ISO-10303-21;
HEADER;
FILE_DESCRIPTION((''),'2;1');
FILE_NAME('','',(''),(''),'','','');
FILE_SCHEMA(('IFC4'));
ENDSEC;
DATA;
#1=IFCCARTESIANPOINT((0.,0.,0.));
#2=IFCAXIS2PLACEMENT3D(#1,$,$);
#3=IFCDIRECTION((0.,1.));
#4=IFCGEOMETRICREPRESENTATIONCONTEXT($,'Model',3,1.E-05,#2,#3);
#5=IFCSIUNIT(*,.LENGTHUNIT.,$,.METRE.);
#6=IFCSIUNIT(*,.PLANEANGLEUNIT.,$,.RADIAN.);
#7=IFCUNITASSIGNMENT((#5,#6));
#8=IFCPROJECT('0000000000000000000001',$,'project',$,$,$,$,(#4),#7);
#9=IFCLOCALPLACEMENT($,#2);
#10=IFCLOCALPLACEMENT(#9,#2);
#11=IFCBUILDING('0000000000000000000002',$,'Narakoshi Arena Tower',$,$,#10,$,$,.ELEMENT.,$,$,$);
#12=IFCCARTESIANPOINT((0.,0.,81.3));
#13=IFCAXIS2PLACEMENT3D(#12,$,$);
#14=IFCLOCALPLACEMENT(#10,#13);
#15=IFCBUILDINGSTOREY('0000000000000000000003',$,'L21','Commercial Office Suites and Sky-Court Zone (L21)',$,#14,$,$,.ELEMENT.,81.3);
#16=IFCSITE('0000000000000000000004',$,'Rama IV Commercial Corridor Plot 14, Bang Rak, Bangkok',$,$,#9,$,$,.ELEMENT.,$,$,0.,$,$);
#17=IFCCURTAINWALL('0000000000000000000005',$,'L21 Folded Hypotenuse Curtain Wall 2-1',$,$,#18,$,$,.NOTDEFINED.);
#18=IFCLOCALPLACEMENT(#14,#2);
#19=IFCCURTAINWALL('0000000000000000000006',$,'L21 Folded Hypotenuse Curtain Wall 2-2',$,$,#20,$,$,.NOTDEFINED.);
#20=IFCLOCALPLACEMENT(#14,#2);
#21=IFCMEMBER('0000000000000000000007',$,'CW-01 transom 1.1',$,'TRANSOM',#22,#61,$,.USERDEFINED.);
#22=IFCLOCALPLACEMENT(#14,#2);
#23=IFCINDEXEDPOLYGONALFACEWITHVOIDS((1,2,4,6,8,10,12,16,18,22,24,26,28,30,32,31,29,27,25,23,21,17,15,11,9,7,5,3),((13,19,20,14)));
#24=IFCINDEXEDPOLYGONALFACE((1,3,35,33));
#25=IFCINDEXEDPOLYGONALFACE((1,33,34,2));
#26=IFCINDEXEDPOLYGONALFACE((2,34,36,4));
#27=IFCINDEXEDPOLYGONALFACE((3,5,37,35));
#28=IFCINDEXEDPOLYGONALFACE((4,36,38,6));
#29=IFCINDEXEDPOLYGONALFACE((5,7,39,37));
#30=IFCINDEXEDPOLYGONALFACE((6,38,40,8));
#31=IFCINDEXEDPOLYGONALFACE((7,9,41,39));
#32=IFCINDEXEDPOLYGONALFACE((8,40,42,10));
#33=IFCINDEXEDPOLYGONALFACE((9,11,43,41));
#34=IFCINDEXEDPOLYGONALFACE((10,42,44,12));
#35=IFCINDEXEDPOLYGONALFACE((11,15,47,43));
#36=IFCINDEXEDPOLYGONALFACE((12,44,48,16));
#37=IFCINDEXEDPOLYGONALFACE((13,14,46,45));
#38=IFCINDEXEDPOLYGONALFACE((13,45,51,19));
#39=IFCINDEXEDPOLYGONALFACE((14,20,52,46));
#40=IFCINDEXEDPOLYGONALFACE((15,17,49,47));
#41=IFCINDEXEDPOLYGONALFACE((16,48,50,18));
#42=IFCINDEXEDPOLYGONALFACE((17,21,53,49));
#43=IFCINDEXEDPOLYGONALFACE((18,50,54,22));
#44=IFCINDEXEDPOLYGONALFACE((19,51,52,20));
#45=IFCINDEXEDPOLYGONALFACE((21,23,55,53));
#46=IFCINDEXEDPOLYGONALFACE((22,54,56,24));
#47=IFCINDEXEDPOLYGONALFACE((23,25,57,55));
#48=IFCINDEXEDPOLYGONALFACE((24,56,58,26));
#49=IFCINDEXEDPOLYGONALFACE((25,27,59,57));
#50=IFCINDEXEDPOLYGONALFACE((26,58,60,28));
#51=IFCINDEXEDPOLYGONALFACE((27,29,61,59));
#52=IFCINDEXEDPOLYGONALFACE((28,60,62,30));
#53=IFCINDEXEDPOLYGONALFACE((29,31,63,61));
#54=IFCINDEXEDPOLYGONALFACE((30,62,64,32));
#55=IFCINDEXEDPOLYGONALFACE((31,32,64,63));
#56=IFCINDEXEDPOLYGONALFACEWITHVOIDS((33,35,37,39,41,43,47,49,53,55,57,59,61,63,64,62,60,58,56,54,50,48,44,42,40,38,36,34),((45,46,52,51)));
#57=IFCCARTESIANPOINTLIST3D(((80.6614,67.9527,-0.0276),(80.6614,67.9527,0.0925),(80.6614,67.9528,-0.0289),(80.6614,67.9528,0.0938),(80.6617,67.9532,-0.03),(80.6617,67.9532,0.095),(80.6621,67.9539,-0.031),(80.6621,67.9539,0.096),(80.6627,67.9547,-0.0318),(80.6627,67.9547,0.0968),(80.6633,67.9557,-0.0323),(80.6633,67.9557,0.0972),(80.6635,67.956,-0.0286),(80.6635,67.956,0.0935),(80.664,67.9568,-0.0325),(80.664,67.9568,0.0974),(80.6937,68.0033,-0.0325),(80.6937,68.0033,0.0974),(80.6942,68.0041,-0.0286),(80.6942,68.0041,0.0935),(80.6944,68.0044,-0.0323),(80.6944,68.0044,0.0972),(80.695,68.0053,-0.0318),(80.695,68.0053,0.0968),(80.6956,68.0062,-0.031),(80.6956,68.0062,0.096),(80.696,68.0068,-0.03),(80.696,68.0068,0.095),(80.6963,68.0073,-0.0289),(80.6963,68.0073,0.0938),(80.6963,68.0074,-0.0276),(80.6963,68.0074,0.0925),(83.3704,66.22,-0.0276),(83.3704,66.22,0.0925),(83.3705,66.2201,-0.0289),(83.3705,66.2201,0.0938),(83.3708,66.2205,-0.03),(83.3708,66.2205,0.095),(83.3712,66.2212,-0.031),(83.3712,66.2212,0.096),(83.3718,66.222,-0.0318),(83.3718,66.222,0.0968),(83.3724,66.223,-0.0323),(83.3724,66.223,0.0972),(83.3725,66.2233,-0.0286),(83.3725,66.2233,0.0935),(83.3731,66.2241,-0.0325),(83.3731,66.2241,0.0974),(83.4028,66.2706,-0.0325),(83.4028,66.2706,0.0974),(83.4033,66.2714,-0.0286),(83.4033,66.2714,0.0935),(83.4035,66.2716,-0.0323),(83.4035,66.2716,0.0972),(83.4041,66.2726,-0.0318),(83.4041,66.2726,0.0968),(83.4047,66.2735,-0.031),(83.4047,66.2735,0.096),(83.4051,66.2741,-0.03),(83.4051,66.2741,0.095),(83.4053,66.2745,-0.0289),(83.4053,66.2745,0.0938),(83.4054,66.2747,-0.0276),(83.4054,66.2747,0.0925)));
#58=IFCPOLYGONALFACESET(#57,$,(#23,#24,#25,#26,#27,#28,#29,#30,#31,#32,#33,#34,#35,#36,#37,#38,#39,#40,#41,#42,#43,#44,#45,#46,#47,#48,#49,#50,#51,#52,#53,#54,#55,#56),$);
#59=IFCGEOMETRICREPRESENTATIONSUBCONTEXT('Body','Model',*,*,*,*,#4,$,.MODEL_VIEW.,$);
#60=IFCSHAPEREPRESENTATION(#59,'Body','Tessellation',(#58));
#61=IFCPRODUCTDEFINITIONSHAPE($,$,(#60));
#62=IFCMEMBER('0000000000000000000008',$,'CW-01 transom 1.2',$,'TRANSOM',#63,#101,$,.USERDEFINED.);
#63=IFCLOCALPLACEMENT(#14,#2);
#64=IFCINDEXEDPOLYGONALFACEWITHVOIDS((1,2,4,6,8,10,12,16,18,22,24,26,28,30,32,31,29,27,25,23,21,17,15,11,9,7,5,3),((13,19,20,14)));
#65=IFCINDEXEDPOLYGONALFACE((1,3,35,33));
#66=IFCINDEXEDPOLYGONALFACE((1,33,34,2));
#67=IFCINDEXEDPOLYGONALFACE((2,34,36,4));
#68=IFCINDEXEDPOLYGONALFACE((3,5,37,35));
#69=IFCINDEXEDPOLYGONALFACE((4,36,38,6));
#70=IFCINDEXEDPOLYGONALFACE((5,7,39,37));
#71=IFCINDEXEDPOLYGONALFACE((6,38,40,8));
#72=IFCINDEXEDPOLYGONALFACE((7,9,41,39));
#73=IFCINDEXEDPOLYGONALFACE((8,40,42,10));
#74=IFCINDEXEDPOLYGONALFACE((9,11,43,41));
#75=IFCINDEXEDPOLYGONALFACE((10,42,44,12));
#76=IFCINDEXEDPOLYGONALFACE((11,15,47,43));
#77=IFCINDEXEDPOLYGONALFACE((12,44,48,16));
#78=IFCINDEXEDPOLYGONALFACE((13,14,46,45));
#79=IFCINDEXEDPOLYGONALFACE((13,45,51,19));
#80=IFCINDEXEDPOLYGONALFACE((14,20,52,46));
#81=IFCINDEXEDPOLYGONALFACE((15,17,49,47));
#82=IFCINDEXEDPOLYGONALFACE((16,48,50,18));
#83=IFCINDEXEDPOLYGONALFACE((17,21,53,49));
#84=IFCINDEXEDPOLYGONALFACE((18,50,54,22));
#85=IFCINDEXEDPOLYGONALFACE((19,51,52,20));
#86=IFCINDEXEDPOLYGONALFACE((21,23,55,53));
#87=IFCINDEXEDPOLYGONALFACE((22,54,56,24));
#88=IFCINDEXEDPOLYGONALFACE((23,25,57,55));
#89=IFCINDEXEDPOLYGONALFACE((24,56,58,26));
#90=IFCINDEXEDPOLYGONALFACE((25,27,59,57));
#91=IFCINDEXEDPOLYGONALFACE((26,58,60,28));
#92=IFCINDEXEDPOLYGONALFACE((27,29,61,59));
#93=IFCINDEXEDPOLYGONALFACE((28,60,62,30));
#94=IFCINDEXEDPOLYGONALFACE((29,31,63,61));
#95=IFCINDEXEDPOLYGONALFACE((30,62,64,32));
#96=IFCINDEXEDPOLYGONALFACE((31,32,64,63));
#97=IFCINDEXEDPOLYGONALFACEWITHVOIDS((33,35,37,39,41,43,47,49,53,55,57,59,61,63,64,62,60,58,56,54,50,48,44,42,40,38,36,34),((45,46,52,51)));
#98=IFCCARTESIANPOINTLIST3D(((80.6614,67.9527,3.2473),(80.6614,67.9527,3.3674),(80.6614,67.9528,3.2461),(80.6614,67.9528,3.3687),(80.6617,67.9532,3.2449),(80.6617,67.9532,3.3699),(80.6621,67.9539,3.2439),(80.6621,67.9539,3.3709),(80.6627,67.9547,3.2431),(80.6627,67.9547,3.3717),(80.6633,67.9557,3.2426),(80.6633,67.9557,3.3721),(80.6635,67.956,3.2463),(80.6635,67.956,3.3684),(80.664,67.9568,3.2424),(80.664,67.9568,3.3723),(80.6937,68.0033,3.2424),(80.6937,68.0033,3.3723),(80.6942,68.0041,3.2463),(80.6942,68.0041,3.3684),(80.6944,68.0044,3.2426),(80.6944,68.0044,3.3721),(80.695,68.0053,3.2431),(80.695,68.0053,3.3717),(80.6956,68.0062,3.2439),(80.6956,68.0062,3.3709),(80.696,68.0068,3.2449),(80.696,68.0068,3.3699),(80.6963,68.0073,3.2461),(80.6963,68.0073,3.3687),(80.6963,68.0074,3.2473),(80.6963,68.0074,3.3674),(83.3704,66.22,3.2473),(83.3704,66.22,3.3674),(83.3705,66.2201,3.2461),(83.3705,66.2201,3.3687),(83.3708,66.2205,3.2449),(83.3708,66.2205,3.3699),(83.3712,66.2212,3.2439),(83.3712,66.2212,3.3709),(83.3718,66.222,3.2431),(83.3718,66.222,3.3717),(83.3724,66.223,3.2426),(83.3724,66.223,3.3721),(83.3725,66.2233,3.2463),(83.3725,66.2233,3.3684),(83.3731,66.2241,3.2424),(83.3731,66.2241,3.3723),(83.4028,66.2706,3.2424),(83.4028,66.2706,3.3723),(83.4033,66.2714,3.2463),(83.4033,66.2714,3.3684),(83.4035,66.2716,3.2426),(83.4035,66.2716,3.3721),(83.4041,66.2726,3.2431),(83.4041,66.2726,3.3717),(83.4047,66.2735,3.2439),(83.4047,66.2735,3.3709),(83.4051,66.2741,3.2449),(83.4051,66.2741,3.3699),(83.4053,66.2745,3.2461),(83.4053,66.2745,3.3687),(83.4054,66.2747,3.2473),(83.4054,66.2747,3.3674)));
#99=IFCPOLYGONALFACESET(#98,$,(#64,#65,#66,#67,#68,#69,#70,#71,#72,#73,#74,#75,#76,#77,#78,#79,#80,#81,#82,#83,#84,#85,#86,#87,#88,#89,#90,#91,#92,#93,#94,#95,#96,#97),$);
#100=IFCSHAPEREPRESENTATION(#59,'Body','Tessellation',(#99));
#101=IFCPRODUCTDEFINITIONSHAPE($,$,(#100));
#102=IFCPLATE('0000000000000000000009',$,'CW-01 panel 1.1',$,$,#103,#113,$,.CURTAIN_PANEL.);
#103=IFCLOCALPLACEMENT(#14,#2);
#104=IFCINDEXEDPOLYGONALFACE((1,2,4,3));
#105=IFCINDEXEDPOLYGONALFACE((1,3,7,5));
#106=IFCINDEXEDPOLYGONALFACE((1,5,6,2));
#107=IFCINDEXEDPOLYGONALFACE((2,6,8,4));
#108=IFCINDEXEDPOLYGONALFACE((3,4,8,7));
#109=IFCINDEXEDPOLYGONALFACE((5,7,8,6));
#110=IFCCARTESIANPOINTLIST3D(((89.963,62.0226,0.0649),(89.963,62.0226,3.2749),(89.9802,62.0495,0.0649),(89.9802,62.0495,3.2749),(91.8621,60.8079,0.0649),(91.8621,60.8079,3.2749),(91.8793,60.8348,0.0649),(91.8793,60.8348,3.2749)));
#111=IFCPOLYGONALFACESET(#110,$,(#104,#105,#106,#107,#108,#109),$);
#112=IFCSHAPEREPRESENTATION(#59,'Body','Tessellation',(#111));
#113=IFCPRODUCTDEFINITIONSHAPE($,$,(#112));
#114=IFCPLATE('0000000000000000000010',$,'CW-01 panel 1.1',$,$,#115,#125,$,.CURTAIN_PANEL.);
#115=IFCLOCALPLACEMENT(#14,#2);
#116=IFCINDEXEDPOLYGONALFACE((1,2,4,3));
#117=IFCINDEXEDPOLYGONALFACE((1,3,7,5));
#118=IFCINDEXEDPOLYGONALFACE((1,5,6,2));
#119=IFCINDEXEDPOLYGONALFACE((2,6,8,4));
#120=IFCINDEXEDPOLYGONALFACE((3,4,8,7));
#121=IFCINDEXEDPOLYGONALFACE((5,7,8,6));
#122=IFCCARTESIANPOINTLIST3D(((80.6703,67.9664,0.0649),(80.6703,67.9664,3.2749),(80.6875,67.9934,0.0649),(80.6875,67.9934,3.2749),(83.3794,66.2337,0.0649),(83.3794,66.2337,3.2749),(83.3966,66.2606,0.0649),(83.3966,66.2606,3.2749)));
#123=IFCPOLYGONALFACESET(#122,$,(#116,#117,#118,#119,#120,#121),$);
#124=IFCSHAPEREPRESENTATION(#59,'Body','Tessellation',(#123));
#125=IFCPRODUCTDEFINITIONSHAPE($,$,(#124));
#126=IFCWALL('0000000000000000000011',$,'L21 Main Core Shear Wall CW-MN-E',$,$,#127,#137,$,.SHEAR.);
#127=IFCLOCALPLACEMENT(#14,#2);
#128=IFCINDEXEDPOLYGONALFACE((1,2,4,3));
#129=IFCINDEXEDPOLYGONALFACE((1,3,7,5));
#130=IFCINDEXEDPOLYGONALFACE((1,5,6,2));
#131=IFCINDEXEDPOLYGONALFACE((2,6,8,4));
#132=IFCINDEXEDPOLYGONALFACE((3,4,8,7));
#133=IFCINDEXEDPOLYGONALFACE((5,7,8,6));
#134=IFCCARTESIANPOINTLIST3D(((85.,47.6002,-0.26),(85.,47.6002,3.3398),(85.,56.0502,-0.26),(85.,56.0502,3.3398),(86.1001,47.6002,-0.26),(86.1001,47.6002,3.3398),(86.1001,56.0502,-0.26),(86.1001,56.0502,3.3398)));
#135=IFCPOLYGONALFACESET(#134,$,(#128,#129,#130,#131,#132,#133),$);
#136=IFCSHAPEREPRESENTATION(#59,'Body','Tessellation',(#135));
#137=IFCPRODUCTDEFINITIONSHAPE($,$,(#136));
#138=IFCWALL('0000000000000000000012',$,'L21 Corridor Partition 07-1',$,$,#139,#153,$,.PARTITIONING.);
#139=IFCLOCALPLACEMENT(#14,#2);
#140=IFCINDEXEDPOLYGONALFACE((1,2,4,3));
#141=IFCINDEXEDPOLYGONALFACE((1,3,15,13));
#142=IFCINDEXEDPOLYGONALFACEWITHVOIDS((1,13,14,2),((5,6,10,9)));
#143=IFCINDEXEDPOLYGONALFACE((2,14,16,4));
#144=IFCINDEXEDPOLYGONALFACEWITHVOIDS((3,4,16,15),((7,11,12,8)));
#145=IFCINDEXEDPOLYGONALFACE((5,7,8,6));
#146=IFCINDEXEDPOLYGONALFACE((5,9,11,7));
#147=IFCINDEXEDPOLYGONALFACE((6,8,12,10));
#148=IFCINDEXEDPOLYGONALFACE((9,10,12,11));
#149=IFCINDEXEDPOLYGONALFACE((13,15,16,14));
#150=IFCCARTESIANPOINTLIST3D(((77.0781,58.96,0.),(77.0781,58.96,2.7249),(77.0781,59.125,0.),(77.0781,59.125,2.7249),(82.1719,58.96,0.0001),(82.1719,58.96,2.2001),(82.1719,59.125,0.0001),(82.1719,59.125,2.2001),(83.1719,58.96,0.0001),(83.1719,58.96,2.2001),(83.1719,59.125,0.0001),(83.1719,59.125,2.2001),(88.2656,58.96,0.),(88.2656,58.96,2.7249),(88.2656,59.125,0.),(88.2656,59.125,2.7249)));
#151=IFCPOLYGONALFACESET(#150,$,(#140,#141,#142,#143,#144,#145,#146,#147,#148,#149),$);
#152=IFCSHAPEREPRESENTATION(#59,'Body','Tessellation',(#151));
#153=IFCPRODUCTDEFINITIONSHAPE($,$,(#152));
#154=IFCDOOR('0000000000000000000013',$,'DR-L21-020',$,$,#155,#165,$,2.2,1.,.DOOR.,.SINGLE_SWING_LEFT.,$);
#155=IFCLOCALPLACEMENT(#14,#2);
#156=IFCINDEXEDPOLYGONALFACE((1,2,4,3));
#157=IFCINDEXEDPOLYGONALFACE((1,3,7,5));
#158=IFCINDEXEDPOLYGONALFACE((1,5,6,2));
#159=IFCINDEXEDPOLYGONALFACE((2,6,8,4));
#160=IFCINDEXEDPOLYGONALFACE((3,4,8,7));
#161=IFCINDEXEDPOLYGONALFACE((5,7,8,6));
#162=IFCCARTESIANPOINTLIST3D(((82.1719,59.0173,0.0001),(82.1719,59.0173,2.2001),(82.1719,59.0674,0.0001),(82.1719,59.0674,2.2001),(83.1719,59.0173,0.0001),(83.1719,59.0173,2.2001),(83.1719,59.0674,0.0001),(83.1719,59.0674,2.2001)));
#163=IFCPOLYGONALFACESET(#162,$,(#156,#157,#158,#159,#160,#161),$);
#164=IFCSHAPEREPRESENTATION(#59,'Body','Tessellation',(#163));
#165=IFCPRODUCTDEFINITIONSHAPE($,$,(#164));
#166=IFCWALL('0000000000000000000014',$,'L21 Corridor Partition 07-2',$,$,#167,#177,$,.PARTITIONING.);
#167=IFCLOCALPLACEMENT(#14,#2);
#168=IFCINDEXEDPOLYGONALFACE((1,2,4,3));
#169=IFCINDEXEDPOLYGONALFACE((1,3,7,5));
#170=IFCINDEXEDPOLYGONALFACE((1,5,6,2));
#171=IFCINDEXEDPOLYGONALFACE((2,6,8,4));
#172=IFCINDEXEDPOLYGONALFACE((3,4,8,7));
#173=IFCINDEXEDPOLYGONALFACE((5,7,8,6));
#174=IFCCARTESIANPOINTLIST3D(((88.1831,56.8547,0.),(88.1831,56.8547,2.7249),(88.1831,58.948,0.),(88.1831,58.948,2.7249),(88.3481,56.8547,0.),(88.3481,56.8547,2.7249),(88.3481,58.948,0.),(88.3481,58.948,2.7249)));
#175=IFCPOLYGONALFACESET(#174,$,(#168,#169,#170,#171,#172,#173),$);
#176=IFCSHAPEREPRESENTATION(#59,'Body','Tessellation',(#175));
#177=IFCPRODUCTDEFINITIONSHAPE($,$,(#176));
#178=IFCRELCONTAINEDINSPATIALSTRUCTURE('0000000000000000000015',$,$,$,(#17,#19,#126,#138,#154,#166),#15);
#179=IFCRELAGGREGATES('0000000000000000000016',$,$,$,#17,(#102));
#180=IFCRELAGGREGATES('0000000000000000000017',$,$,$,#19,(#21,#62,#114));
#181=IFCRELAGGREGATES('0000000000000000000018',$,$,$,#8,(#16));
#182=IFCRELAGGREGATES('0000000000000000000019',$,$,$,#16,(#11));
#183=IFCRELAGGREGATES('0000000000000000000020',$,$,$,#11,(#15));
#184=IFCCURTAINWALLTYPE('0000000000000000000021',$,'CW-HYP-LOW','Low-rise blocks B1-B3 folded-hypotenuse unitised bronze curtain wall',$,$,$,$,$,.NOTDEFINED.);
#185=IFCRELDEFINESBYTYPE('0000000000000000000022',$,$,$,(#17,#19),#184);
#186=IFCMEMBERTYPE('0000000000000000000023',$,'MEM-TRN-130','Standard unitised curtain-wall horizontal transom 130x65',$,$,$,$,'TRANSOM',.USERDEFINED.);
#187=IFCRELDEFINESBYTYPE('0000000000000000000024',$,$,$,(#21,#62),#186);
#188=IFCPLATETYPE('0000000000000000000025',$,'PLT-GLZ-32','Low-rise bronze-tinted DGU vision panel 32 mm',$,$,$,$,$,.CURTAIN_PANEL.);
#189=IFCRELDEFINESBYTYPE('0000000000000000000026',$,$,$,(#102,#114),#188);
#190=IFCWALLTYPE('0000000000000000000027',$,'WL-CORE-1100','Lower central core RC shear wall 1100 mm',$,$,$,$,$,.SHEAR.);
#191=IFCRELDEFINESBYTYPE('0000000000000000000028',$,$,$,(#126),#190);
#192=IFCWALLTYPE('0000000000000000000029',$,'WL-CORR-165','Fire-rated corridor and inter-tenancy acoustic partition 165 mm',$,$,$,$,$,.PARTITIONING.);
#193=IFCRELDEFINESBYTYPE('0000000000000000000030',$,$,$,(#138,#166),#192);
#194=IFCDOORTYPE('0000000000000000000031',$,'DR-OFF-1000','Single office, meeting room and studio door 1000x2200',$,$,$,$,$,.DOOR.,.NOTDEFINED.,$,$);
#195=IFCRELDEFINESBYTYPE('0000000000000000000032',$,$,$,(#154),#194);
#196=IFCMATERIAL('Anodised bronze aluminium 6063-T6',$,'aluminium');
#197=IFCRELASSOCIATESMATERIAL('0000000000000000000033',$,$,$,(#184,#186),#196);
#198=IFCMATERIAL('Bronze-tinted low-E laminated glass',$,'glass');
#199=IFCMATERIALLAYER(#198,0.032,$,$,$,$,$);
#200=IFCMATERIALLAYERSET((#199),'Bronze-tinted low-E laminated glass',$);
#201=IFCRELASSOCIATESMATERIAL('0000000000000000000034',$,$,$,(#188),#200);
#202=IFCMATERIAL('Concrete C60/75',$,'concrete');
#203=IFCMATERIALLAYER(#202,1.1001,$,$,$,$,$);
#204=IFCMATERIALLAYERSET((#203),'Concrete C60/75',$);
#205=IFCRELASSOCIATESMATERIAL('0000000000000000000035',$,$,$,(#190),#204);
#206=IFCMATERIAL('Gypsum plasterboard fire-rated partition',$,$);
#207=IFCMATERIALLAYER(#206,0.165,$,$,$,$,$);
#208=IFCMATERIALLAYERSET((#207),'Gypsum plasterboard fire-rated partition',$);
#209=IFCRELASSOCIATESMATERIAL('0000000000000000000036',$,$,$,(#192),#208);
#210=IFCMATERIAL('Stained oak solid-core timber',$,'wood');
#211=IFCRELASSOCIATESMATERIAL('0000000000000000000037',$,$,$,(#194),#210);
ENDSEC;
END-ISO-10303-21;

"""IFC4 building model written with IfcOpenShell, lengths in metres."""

from ifc_helpers import new_model, si_unit, direction, frame, frame_2d, origin, origin_2d, place, context, subcontext, project, spatial, rectangle, hollow_rectangle, extrude, material, layer, layer_set, material_profile, profile_set, type_object, element, fill, aggregate, save


model = new_model("IFC4")

# Units and contexts
model_context = context("Model", 3, precision=1e-05, world=origin(), true_north=direction((0.0, 1.0)))
body_context = subcontext(model_context, "Body", "Model", "MODEL_VIEW")
ifc_project = project(units=[si_unit("LENGTHUNIT", "METRE"), si_unit("PLANEANGLEUNIT", "RADIAN")], contexts=[model_context])

# Site, building, storey
site_placement = place(None, origin())
site = spatial("IfcSite", under=ifc_project, at=site_placement, Name="Rama IV Commercial Corridor Plot 14, Bang Rak, Bangkok", CompositionType="ELEMENT", RefElevation=0.0)
building_placement = place(site_placement, origin())
building = spatial("IfcBuilding", under=site, at=building_placement, Name="Narakoshi Arena Tower", CompositionType="ELEMENT")
storey_placement = place(building_placement, frame((0.0, 0.0, 81.3)))
storey = spatial("IfcBuildingStorey", under=building, at=storey_placement, Name="L21", Description="Commercial Office Suites and Sky-Court Zone (L21)", CompositionType="ELEMENT", Elevation=81.3)

# Shared definitions
ifc_material_1 = material(Name="Concrete C60/75", Category="concrete")

# Curtain walls
ifc_material_2 = material(Name="Anodised bronze aluminium 6063-T6", Category="aluminium")
curtain_wall_type = type_object("IfcCurtainWallType", Name="CW-HYP-LOW", Description="Low-rise blocks B1-B3 folded-hypotenuse unitised bronze curtain wall", PredefinedType="NOTDEFINED", material=ifc_material_2)
curtain_wall_1_placement = place(storey_placement, origin())
curtain_wall_1 = element("IfcCurtainWall", 1, at=curtain_wall_1_placement, inside=storey, type_object=curtain_wall_type, Name="L21 Folded Hypotenuse Curtain Wall 2-1", PredefinedType="NOTDEFINED")
curtain_wall_2_placement = place(storey_placement, origin())
curtain_wall_2 = element("IfcCurtainWall", 2, at=curtain_wall_2_placement, inside=storey, type_object=curtain_wall_type, Name="L21 Folded Hypotenuse Curtain Wall 2-2", PredefinedType="NOTDEFINED")

# Members
ifc_material_profile_1 = material_profile(ifc_material_2, hollow_rectangle(XDim=0.0649, YDim=0.1299, WallThickness=0.0039, OuterFilletRadius=0.0049, at=origin_2d()), Name="TRN130x65x4")
ifc_profile_set_1 = profile_set([ifc_material_profile_1], Name="Anodised bronze aluminium 6063-T6")
member_type_1 = type_object("IfcMemberType", Name="MEM-TRN-130", Description="Standard unitised curtain-wall horizontal transom 130x65", ElementType="TRANSOM", PredefinedType="USERDEFINED", material=ifc_profile_set_1)
member_1_placement = place(storey_placement, frame((83.3879, 66.2473, 0.0325), z_axis=(-0.842424, 0.538815, 0.0), x_axis=(-0.538815, -0.842424, 0.0)))
member_1 = element("IfcMember", 3, at=member_1_placement, type_object=member_type_1, Name="CW-01 transom 1.1", ObjectType="TRANSOM", PredefinedType="USERDEFINED", context=body_context, shape_type="SweptSolid", body=[
    extrude(hollow_rectangle(XDim=0.0649, YDim=0.1299, WallThickness=0.0039, OuterFilletRadius=0.0049, at=origin_2d()), origin(), (0.0, 0.0, 1.0), 3.2158),
])
member_2_placement = place(storey_placement, frame((83.3879, 66.2473, 3.3074), z_axis=(-0.842424, 0.538815, 0.0), x_axis=(-0.538815, -0.842424, 0.0)))
member_2 = element("IfcMember", 4, at=member_2_placement, type_object=member_type_1, Name="CW-01 transom 1.2", ObjectType="TRANSOM", PredefinedType="USERDEFINED", context=body_context, shape_type="SweptSolid", body=[
    extrude(hollow_rectangle(XDim=0.0649, YDim=0.1299, WallThickness=0.0039, OuterFilletRadius=0.0049, at=origin_2d()), origin(), (0.0, 0.0, 1.0), 3.2158),
])

# Plates
ifc_material_3 = material(Name="Bronze-tinted low-E laminated glass", Category="glass")
ifc_layer_1 = layer(ifc_material_3, 0.032)
ifc_layer_set_1 = layer_set([ifc_layer_1], Name="Bronze-tinted low-E laminated glass")
plate_type = type_object("IfcPlateType", Name="PLT-GLZ-32", Description="Low-rise bronze-tinted DGU vision panel 32 mm", PredefinedType="CURTAIN_PANEL", material=ifc_layer_set_1)
plate_1_placement = place(storey_placement, frame((90.9211, 61.4287, 0.0649), z_axis=(0.0, 0.0, 1.0), x_axis=(-0.842419, 0.538822, 0.0)))
plate_1 = element("IfcPlate", 5, at=plate_1_placement, type_object=plate_type, Name="CW-01 panel 1.1", PredefinedType="CURTAIN_PANEL", context=body_context, shape_type="SweptSolid", body=[
    extrude(rectangle(XDim=2.2544, YDim=0.032, at=origin_2d()), origin(), (0.0, 0.0, 1.0), 3.21),
])
aggregate(curtain_wall_1, [plate_1])
plate_2_placement = place(storey_placement, frame((82.0334, 67.1135, 0.0649), z_axis=(0.0, 0.0, 1.0), x_axis=(-0.842415, 0.538829, 0.0)))
plate_2 = element("IfcPlate", 6, at=plate_2_placement, type_object=plate_type, Name="CW-01 panel 1.1", PredefinedType="CURTAIN_PANEL", context=body_context, shape_type="SweptSolid", body=[
    extrude(rectangle(XDim=3.2158, YDim=0.032, at=origin_2d()), origin(), (0.0, 0.0, 1.0), 3.21),
])
aggregate(curtain_wall_2, [member_1, member_2, plate_2])

# Wall
ifc_layer_2 = layer(ifc_material_1, 1.1001)
ifc_layer_set_2 = layer_set([ifc_layer_2], Name="Concrete C60/75")
wall_type_1 = type_object("IfcWallType", Name="WL-CORE-1100", Description="Lower central core RC shear wall 1100 mm", PredefinedType="SHEAR", material=ifc_layer_set_2)
wall_1_placement = place(storey_placement, frame((85.55, 47.6001, -0.26), z_axis=(0.0, 0.0, 1.0), x_axis=(0.0, 1.0, 0.0)))
element("IfcWall", 7, at=wall_1_placement, inside=storey, type_object=wall_type_1, Name="L21 Main Core Shear Wall CW-MN-E", PredefinedType="SHEAR", context=body_context, shape_type="SweptSolid", body=[
    extrude(rectangle(XDim=8.45, YDim=1.1001, at=frame_2d((4.2251, 0.0))), origin(), (0.0, 0.0, 1.0), 3.5999),
])

# Wall, opening, door
ifc_material_4 = material(Name="Gypsum plasterboard fire-rated partition")
ifc_layer_3 = layer(ifc_material_4, 0.165)
ifc_layer_set_3 = layer_set([ifc_layer_3], Name="Gypsum plasterboard fire-rated partition")
wall_type_2 = type_object("IfcWallType", Name="WL-CORR-165", Description="Fire-rated corridor and inter-tenancy acoustic partition 165 mm", PredefinedType="PARTITIONING", material=ifc_layer_set_3)
wall_2_placement = place(storey_placement, frame((88.2656, 59.0425, 0.0), z_axis=(0.0, 0.0, 1.0), x_axis=(-1.0, 0.0, 0.0)))
wall_2 = element("IfcWall", 8, at=wall_2_placement, inside=storey, type_object=wall_type_2, Name="L21 Corridor Partition 07-1", PredefinedType="PARTITIONING", context=body_context, shape_type="SweptSolid", body=[
    extrude(rectangle(XDim=11.1875, YDim=0.165, at=frame_2d((5.5938, 0.0))), origin(), (0.0, 0.0, 1.0), 2.7249),
])
opening_placement = place(wall_2_placement, frame((5.0938, 0.0, 0.0)))
opening = element("IfcOpeningElement", 9, at=opening_placement, cuts=wall_2, PredefinedType="OPENING", context=body_context, shape_type="SweptSolid", body=[
    extrude(rectangle(XDim=1.0, YDim=2.2, at=frame_2d((0.5, 1.1001))), frame((0.0, 0.0925, 0.0), z_axis=(0.0, -1.0, 0.0), x_axis=(1.0, 0.0, 0.0)), (0.0, 0.0, 1.0), 0.1851),
])
ifc_material_5 = material(Name="Stained oak solid-core timber", Category="wood")
door_type = type_object("IfcDoorType", Name="DR-OFF-1000", Description="Single office, meeting room and studio door 1000x2200", OperationType="NOTDEFINED", PredefinedType="DOOR", material=ifc_material_5)
door_placement = place(opening_placement, frame((1.0, 0.0, 0.0), z_axis=(0.0, 0.0, 1.0), x_axis=(-1.0, 0.0, 0.0)))
door = element("IfcDoor", 10, at=door_placement, inside=storey, type_object=door_type, Name="DR-L21-020", OperationType="SINGLE_SWING_LEFT", OverallHeight=2.2, OverallWidth=1.0, PredefinedType="DOOR", context=body_context, shape_type="SweptSolid", body=[
    extrude(rectangle(XDim=1.0, YDim=2.2, at=frame_2d((0.5, 1.1001))), frame((0.0, 0.0249, 0.0), z_axis=(0.0, -1.0, 0.0), x_axis=(1.0, 0.0, 0.0)), (0.0, 0.0, 1.0), 0.05),
])
fill(opening, door)

# Wall
wall_3_placement = place(storey_placement, frame((88.2656, 56.8547, 0.0), z_axis=(0.0, 0.0, 1.0), x_axis=(0.0, 1.0, 0.0)))
element("IfcWall", 11, at=wall_3_placement, inside=storey, type_object=wall_type_2, Name="L21 Corridor Partition 07-2", PredefinedType="PARTITIONING", context=body_context, shape_type="SweptSolid", body=[
    extrude(rectangle(XDim=2.0933, YDim=0.165, at=frame_2d((1.0466, 0.0))), origin(), (0.0, 0.0, 1.0), 2.7249),
])

save(model, "model.ifc")
